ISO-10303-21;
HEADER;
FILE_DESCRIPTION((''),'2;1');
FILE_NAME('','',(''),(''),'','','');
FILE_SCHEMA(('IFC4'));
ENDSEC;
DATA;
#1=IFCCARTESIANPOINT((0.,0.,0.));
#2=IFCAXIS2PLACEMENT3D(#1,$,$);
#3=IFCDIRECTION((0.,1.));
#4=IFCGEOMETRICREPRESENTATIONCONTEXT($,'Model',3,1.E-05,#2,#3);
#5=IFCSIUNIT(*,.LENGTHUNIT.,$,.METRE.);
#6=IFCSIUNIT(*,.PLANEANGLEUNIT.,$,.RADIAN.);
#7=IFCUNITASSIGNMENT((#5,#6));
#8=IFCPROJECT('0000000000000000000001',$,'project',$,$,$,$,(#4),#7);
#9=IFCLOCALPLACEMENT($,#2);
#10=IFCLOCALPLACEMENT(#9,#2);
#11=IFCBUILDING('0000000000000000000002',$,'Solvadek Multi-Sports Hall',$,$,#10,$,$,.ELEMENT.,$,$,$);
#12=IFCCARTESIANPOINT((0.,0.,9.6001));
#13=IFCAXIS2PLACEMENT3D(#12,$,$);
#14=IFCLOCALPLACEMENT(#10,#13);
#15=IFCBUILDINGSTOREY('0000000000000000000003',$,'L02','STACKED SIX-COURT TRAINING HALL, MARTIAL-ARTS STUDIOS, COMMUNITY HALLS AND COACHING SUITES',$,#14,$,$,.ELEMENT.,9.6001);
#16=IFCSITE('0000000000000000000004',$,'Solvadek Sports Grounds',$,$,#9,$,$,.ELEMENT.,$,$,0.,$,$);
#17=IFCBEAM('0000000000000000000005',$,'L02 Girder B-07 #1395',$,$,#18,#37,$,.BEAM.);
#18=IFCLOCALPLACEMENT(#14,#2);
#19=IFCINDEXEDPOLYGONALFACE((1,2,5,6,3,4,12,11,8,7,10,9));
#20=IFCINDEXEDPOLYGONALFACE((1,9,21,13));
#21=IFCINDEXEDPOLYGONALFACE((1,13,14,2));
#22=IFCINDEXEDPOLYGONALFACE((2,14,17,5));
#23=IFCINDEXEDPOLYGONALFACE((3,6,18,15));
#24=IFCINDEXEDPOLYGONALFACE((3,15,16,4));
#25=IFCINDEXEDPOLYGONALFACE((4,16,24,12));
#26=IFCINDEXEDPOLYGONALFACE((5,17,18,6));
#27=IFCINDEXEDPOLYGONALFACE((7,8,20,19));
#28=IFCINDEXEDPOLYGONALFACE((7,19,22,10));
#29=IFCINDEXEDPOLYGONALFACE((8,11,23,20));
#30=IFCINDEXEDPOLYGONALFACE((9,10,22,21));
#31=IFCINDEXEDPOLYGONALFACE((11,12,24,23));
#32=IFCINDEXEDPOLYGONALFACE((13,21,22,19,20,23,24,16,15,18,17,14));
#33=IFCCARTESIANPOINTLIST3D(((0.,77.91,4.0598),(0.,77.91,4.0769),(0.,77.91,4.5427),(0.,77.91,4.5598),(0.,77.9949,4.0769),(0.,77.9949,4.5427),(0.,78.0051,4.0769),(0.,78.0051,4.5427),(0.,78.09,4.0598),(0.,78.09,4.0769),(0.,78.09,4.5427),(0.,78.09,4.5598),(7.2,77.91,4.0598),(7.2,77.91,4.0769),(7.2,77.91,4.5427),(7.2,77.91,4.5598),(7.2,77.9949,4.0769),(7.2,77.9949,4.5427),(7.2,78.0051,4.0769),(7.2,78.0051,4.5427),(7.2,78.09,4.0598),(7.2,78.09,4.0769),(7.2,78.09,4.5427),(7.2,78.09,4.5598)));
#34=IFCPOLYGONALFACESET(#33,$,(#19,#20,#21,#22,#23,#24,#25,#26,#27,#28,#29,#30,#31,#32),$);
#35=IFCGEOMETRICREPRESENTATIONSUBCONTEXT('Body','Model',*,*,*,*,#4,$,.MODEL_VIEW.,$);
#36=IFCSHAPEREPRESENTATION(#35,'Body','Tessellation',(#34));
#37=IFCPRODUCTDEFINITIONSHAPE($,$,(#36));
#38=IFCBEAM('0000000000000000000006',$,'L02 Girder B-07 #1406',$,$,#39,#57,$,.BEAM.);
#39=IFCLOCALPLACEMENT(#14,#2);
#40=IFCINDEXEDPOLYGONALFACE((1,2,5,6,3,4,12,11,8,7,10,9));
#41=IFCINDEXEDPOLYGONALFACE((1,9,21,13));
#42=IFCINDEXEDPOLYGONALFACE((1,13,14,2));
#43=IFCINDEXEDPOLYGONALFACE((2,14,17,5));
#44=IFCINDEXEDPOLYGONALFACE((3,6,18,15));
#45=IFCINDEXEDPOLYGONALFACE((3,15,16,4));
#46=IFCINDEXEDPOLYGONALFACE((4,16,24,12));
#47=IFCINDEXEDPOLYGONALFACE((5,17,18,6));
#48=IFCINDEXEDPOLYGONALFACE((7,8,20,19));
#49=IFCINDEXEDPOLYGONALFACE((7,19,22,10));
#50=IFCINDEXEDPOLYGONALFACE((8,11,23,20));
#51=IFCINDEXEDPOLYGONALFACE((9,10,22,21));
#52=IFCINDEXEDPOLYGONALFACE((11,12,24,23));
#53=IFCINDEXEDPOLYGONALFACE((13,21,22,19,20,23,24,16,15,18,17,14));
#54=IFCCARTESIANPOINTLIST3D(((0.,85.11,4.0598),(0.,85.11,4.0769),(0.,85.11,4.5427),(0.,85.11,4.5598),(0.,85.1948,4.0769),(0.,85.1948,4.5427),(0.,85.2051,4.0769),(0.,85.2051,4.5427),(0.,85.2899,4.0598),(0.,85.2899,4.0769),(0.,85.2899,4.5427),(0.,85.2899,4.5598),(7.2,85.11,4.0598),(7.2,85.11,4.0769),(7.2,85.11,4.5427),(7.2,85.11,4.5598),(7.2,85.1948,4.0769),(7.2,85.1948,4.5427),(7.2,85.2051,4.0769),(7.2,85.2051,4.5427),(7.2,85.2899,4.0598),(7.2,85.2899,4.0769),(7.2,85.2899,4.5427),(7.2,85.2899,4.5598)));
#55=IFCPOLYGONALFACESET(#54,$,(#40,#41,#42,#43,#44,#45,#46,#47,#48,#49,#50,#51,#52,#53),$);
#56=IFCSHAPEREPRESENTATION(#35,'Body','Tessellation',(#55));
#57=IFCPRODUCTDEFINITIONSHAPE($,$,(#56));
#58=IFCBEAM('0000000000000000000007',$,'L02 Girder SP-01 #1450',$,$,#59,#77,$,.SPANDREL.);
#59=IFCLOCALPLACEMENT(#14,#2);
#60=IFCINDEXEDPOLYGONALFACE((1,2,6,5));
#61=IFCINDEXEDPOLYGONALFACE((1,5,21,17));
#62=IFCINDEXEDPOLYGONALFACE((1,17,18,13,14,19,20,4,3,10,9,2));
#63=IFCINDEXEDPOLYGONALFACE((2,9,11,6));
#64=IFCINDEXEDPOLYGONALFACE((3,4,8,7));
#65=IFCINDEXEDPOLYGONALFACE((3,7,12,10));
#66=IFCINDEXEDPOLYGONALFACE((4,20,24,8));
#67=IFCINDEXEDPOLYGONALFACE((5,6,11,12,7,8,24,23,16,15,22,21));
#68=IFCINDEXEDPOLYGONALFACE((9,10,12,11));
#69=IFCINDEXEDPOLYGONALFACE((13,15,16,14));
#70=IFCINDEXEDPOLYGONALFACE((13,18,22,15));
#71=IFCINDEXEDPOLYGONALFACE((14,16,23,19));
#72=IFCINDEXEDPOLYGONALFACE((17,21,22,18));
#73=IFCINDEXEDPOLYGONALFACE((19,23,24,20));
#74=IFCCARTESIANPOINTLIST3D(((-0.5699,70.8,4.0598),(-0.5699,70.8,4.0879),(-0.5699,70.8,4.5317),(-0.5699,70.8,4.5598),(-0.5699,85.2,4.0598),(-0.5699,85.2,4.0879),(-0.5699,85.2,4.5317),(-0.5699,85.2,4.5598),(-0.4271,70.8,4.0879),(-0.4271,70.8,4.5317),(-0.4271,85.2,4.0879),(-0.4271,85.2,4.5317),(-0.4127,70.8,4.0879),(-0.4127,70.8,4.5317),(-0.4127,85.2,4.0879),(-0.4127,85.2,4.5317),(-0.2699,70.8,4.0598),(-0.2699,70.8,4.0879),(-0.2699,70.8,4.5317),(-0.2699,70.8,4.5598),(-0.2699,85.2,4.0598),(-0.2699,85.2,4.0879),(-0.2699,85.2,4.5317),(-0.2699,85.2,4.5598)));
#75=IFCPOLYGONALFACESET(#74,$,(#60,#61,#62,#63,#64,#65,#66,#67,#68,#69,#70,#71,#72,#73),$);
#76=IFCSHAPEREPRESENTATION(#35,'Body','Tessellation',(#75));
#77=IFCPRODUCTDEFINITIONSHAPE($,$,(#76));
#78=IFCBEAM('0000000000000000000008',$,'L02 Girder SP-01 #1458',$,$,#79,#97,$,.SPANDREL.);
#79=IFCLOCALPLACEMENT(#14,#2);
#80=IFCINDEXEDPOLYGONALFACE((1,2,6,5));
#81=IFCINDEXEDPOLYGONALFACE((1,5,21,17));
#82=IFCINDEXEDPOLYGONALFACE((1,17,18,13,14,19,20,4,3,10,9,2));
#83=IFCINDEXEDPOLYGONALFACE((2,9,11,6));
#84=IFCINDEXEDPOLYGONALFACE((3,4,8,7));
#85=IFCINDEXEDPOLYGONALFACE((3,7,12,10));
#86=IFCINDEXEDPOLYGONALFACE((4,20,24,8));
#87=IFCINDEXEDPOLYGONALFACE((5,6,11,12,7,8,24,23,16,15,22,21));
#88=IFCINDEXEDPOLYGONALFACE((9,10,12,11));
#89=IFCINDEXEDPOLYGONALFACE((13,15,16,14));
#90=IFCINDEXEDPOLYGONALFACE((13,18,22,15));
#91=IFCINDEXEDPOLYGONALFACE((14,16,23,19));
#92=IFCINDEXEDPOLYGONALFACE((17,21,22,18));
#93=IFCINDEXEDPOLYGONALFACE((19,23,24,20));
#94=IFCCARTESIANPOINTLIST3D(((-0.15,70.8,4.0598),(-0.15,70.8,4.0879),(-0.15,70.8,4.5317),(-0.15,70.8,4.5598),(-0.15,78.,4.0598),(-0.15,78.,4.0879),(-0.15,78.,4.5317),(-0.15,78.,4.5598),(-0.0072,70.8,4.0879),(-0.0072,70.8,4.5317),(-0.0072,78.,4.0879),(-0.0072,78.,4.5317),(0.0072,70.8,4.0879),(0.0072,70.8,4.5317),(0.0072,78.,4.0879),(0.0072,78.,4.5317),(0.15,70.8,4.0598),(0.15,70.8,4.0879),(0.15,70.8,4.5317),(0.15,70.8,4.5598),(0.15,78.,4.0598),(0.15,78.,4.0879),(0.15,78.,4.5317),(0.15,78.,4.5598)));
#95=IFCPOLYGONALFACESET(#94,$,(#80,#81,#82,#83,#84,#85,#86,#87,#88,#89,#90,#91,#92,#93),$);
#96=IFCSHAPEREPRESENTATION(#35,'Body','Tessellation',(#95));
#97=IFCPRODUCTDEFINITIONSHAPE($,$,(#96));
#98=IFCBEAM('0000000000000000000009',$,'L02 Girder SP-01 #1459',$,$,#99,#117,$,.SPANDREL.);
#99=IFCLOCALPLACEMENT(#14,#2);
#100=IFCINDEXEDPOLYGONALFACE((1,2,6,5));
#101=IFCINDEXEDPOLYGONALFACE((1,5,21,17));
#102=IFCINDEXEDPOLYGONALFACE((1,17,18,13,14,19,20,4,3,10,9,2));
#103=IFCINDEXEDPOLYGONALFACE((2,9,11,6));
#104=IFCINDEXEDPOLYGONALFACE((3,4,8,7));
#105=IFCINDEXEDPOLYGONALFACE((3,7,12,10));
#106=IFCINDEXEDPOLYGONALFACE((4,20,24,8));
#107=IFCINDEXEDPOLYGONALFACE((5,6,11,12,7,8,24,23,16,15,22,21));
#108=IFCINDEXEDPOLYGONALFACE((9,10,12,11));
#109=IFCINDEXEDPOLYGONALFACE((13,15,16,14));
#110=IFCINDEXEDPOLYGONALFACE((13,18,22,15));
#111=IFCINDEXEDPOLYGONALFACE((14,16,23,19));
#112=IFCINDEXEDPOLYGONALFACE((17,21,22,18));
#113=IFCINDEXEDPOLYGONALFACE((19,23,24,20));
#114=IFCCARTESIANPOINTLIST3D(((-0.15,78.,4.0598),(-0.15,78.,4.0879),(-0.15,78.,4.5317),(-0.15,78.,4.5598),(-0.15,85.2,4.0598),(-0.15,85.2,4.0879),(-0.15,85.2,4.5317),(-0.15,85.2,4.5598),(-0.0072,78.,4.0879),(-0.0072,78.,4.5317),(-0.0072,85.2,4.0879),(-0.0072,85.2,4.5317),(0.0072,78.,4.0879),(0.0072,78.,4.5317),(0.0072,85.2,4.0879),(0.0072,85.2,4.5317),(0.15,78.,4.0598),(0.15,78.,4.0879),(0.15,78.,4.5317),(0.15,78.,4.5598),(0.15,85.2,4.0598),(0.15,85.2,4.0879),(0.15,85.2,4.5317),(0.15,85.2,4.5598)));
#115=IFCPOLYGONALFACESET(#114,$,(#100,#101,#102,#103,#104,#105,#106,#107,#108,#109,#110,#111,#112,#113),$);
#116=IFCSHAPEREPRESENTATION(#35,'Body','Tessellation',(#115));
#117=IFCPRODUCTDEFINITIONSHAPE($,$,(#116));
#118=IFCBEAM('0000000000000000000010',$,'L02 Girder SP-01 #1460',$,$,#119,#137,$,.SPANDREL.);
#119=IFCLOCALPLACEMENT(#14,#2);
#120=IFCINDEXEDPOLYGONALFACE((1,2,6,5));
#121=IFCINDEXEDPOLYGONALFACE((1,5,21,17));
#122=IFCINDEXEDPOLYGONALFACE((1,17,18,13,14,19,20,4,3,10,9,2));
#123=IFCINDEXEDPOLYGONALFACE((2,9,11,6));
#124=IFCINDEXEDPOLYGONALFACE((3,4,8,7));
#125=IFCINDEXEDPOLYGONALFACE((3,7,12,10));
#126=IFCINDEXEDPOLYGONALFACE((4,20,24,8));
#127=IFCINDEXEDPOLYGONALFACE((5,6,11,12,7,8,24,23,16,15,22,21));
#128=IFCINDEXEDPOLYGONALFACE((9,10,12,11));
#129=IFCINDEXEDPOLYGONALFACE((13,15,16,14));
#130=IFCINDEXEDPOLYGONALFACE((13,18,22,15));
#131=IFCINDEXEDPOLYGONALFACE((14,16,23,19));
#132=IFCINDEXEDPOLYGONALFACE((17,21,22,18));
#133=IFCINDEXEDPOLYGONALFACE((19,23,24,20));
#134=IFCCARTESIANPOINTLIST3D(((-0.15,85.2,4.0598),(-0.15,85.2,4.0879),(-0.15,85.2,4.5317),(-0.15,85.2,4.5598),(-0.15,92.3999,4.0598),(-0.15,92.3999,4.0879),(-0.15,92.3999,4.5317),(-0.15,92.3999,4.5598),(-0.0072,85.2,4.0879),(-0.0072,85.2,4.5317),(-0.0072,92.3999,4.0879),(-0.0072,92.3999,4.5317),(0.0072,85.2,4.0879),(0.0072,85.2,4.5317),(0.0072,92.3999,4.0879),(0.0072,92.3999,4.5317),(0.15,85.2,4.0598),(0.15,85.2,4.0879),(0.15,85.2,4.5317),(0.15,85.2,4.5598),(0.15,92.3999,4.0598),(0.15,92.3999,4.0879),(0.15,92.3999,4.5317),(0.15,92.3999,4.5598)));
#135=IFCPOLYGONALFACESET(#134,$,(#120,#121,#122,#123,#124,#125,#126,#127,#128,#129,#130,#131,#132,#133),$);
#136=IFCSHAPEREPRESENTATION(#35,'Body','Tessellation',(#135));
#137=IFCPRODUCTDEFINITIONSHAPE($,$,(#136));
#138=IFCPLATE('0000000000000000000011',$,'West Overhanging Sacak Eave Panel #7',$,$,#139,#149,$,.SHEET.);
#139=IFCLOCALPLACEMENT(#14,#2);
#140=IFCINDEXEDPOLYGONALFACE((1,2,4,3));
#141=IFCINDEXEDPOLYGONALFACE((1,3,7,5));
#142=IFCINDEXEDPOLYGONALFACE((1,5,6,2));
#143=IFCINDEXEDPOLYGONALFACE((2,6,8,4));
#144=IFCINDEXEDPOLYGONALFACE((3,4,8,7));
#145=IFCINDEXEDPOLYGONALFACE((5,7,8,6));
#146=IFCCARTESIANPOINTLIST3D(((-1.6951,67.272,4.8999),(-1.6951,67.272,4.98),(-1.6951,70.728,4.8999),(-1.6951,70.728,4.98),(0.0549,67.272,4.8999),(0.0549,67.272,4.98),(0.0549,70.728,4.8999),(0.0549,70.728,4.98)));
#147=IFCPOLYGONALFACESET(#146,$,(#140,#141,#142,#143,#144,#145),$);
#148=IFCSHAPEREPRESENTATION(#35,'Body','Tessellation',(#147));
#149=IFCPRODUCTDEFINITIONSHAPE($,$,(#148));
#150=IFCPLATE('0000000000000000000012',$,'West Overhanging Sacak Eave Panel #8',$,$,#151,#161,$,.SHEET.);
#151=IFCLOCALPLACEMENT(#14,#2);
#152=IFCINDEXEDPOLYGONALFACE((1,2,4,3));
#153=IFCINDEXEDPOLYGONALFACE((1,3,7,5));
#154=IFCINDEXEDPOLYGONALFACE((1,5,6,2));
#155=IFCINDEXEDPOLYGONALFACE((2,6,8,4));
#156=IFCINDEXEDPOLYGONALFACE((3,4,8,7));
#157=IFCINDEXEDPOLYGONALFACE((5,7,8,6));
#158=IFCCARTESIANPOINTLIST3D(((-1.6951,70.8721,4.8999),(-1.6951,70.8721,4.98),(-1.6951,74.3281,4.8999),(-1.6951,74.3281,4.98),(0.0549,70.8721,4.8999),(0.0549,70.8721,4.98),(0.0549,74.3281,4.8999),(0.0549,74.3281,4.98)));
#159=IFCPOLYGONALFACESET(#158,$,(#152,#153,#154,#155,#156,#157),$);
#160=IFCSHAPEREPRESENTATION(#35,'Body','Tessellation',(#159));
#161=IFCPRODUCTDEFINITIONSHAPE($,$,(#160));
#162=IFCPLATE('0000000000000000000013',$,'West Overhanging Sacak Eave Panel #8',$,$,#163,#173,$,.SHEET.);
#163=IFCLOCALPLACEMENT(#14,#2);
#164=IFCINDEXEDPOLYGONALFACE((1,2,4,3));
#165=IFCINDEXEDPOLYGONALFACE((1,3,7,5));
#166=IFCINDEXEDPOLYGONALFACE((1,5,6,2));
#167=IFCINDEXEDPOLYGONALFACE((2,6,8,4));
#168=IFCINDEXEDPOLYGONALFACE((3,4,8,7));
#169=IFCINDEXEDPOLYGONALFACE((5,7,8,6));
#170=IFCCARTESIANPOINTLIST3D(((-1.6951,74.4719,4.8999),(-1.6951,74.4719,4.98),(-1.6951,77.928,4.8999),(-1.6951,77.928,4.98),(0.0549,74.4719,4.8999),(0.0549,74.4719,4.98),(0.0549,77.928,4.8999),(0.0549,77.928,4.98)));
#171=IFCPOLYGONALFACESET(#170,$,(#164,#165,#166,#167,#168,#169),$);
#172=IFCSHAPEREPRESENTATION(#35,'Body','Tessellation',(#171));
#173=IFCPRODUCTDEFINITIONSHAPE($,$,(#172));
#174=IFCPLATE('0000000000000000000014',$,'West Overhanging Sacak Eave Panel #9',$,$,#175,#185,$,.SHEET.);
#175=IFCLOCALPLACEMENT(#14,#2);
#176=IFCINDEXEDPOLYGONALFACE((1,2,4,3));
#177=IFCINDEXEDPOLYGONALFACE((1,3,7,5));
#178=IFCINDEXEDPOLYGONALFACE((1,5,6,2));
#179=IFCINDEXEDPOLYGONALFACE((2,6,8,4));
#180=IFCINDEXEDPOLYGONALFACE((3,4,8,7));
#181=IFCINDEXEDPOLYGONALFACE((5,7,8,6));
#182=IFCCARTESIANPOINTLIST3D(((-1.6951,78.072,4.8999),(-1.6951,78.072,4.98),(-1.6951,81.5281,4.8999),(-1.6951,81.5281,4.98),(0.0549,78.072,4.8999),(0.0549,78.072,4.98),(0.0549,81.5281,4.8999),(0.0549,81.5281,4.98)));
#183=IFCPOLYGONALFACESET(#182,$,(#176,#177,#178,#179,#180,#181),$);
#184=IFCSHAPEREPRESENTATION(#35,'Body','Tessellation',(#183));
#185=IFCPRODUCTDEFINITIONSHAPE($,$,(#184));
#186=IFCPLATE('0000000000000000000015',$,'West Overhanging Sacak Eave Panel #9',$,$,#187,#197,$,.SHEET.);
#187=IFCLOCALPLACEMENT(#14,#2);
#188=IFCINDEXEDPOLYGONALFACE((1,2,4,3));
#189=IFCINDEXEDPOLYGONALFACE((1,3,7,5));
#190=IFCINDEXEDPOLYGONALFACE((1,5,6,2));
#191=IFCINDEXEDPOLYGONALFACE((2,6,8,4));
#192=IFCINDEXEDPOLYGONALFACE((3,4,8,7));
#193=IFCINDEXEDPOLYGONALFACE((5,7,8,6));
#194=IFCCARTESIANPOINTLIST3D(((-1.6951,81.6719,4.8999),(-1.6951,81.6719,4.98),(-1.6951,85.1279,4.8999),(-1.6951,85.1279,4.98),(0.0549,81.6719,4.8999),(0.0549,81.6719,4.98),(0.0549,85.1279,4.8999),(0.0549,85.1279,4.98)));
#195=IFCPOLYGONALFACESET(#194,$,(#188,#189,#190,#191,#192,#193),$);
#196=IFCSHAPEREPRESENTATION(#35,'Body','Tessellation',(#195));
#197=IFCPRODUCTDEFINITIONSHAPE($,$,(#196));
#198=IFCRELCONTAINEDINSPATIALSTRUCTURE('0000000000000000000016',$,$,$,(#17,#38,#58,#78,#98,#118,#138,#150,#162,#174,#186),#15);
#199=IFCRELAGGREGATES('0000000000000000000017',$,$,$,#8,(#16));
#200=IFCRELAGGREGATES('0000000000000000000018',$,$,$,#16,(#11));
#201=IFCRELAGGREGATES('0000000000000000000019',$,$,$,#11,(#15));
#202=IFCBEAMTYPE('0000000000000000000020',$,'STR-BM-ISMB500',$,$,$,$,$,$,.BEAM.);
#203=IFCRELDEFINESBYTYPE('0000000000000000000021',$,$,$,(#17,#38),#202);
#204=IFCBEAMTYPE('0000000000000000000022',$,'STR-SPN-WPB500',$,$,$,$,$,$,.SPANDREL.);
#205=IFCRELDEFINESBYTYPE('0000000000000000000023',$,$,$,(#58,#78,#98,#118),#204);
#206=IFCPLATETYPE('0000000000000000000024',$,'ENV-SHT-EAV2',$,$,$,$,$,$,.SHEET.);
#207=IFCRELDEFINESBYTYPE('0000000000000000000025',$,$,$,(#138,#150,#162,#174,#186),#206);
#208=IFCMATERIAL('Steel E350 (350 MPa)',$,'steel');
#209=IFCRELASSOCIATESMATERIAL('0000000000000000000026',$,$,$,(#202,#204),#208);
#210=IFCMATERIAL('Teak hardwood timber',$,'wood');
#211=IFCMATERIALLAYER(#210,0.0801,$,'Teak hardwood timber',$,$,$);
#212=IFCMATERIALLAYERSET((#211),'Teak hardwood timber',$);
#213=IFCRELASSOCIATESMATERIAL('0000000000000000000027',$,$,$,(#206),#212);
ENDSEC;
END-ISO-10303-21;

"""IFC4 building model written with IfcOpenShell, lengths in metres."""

from ifc_helpers import new_model, si_unit, direction, frame, origin, origin_2d, place, context, subcontext, project, spatial, rectangle, i_section, extrude, material, layer, layer_set, material_profile, profile_set, type_object, element, save


model = new_model("IFC4")

# Units and contexts
model_context = context("Model", 3, precision=1e-05, world=origin(), true_north=direction((0.0, 1.0)))
body_context = subcontext(model_context, "Body", "Model", "MODEL_VIEW")
ifc_project = project(units=[si_unit("LENGTHUNIT", "METRE"), si_unit("PLANEANGLEUNIT", "RADIAN")], contexts=[model_context])

# Site, building, storey
site_placement = place(None, origin())
site = spatial("IfcSite", under=ifc_project, at=site_placement, Name="Solvadek Sports Grounds", CompositionType="ELEMENT", RefElevation=0.0)
building_placement = place(site_placement, origin())
building = spatial("IfcBuilding", under=site, at=building_placement, Name="Solvadek Multi-Sports Hall", CompositionType="ELEMENT")
storey_placement = place(building_placement, frame((0.0, 0.0, 9.6001)))
storey = spatial("IfcBuildingStorey", under=building, at=storey_placement, Name="L02", Description="STACKED SIX-COURT TRAINING HALL, MARTIAL-ARTS STUDIOS, COMMUNITY HALLS AND COACHING SUITES", CompositionType="ELEMENT", Elevation=9.6001)

# Shared definitions
ifc_material_1 = material(Name="Steel E350 (350 MPa)", Category="steel")

# Beams
ifc_material_profile_1 = material_profile(ifc_material_1, i_section(OverallWidth=0.1799, OverallDepth=0.5, WebThickness=0.0103, FlangeThickness=0.0171, at=origin_2d()), Name="ISMB 500")
ifc_profile_set_1 = profile_set([ifc_material_profile_1], Name="Steel E350 (350 MPa)")
beam_type_1 = type_object("IfcBeamType", Name="STR-BM-ISMB500", PredefinedType="BEAM", material=ifc_profile_set_1)
for number, where, z_axis, x_axis, name in (
    (1, (0.0, 78.0, 4.3098), (1.0, 0.0, 0.0), (0.0, 1.0, 0.0), "L02 Girder B-07 #1395"),
    (2, (0.0, 85.2, 4.3098), (1.0, 0.0, 0.0), (0.0, 1.0, 0.0), "L02 Girder B-07 #1406"),
):
    element("IfcBeam", number, at=place(storey_placement, frame(where, z_axis=z_axis, x_axis=x_axis)), inside=storey, type_object=beam_type_1, Name=name, PredefinedType="BEAM", context=body_context, shape_type="SweptSolid", body=[
        extrude(i_section(OverallWidth=0.1799, OverallDepth=0.5, WebThickness=0.0103, FlangeThickness=0.0171, at=origin_2d()), origin(), (0.0, 0.0, 1.0), 7.2),
    ])
ifc_material_profile_2 = material_profile(ifc_material_1, i_section(OverallWidth=0.3, OverallDepth=0.5, WebThickness=0.0144, FlangeThickness=0.0281, at=origin_2d()), Name="WPB 500")
ifc_profile_set_2 = profile_set([ifc_material_profile_2], Name="Steel E350 (350 MPa)")
beam_type_2 = type_object("IfcBeamType", Name="STR-SPN-WPB500", PredefinedType="SPANDREL", material=ifc_profile_set_2)
beam_placement = place(storey_placement, frame((-0.4199, 70.8, 4.3098), z_axis=(0.0, 1.0, 0.0), x_axis=(-1.0, 0.0, 0.0)))
element("IfcBeam", 3, at=beam_placement, inside=storey, type_object=beam_type_2, Name="L02 Girder SP-01 #1450", PredefinedType="SPANDREL", context=body_context, shape_type="SweptSolid", body=[
    extrude(i_section(OverallWidth=0.3, OverallDepth=0.5, WebThickness=0.0144, FlangeThickness=0.0281, at=origin_2d()), origin(), (0.0, 0.0, 1.0), 14.3999),
])
for number, where, z_axis, x_axis, name in (
    (4, (0.0, 70.8, 4.3098), (0.0, 1.0, 0.0), (-1.0, 0.0, 0.0), "L02 Girder SP-01 #1458"),
    (5, (0.0, 78.0, 4.3098), (0.0, 1.0, 0.0), (-1.0, 0.0, 0.0), "L02 Girder SP-01 #1459"),
    (6, (0.0, 85.2, 4.3098), (0.0, 1.0, 0.0), (-1.0, 0.0, 0.0), "L02 Girder SP-01 #1460"),
):
    element("IfcBeam", number, at=place(storey_placement, frame(where, z_axis=z_axis, x_axis=x_axis)), inside=storey, type_object=beam_type_2, Name=name, PredefinedType="SPANDREL", context=body_context, shape_type="SweptSolid", body=[
        extrude(i_section(OverallWidth=0.3, OverallDepth=0.5, WebThickness=0.0144, FlangeThickness=0.0281, at=origin_2d()), origin(), (0.0, 0.0, 1.0), 7.2),
    ])

# Plates
ifc_material_2 = material(Name="Teak hardwood timber", Category="wood")
ifc_layer_1 = layer(ifc_material_2, 0.0801, Name="Teak hardwood timber")
ifc_layer_set_1 = layer_set([ifc_layer_1], Name="Teak hardwood timber")
plate_type = type_object("IfcPlateType", Name="ENV-SHT-EAV2", PredefinedType="SHEET", material=ifc_layer_set_1)
for number, where, z_axis, x_axis, name in (
    (7, (-0.8201, 69.0, 4.8999), (0.0, 0.0, 1.0), (1.0, 0.0, 0.0), "West Overhanging Sacak Eave Panel #7"),
    (8, (-0.8201, 72.6001, 4.8999), (0.0, 0.0, 1.0), (1.0, 0.0, 0.0), "West Overhanging Sacak Eave Panel #8"),
    (9, (-0.8201, 76.2, 4.8999), (0.0, 0.0, 1.0), (1.0, 0.0, 0.0), "West Overhanging Sacak Eave Panel #8"),
    (10, (-0.8201, 79.8, 4.8999), (0.0, 0.0, 1.0), (1.0, 0.0, 0.0), "West Overhanging Sacak Eave Panel #9"),
    (11, (-0.8201, 83.3999, 4.8999), (0.0, 0.0, 1.0), (1.0, 0.0, 0.0), "West Overhanging Sacak Eave Panel #9"),
):
    element("IfcPlate", number, at=place(storey_placement, frame(where, z_axis=z_axis, x_axis=x_axis)), inside=storey, type_object=plate_type, Name=name, PredefinedType="SHEET", context=body_context, shape_type="SweptSolid", body=[
        extrude(rectangle(XDim=1.75, YDim=3.4561, at=origin_2d()), origin(), (0.0, 0.0, 1.0), 0.0801),
    ])

save(model, "model.ifc")
